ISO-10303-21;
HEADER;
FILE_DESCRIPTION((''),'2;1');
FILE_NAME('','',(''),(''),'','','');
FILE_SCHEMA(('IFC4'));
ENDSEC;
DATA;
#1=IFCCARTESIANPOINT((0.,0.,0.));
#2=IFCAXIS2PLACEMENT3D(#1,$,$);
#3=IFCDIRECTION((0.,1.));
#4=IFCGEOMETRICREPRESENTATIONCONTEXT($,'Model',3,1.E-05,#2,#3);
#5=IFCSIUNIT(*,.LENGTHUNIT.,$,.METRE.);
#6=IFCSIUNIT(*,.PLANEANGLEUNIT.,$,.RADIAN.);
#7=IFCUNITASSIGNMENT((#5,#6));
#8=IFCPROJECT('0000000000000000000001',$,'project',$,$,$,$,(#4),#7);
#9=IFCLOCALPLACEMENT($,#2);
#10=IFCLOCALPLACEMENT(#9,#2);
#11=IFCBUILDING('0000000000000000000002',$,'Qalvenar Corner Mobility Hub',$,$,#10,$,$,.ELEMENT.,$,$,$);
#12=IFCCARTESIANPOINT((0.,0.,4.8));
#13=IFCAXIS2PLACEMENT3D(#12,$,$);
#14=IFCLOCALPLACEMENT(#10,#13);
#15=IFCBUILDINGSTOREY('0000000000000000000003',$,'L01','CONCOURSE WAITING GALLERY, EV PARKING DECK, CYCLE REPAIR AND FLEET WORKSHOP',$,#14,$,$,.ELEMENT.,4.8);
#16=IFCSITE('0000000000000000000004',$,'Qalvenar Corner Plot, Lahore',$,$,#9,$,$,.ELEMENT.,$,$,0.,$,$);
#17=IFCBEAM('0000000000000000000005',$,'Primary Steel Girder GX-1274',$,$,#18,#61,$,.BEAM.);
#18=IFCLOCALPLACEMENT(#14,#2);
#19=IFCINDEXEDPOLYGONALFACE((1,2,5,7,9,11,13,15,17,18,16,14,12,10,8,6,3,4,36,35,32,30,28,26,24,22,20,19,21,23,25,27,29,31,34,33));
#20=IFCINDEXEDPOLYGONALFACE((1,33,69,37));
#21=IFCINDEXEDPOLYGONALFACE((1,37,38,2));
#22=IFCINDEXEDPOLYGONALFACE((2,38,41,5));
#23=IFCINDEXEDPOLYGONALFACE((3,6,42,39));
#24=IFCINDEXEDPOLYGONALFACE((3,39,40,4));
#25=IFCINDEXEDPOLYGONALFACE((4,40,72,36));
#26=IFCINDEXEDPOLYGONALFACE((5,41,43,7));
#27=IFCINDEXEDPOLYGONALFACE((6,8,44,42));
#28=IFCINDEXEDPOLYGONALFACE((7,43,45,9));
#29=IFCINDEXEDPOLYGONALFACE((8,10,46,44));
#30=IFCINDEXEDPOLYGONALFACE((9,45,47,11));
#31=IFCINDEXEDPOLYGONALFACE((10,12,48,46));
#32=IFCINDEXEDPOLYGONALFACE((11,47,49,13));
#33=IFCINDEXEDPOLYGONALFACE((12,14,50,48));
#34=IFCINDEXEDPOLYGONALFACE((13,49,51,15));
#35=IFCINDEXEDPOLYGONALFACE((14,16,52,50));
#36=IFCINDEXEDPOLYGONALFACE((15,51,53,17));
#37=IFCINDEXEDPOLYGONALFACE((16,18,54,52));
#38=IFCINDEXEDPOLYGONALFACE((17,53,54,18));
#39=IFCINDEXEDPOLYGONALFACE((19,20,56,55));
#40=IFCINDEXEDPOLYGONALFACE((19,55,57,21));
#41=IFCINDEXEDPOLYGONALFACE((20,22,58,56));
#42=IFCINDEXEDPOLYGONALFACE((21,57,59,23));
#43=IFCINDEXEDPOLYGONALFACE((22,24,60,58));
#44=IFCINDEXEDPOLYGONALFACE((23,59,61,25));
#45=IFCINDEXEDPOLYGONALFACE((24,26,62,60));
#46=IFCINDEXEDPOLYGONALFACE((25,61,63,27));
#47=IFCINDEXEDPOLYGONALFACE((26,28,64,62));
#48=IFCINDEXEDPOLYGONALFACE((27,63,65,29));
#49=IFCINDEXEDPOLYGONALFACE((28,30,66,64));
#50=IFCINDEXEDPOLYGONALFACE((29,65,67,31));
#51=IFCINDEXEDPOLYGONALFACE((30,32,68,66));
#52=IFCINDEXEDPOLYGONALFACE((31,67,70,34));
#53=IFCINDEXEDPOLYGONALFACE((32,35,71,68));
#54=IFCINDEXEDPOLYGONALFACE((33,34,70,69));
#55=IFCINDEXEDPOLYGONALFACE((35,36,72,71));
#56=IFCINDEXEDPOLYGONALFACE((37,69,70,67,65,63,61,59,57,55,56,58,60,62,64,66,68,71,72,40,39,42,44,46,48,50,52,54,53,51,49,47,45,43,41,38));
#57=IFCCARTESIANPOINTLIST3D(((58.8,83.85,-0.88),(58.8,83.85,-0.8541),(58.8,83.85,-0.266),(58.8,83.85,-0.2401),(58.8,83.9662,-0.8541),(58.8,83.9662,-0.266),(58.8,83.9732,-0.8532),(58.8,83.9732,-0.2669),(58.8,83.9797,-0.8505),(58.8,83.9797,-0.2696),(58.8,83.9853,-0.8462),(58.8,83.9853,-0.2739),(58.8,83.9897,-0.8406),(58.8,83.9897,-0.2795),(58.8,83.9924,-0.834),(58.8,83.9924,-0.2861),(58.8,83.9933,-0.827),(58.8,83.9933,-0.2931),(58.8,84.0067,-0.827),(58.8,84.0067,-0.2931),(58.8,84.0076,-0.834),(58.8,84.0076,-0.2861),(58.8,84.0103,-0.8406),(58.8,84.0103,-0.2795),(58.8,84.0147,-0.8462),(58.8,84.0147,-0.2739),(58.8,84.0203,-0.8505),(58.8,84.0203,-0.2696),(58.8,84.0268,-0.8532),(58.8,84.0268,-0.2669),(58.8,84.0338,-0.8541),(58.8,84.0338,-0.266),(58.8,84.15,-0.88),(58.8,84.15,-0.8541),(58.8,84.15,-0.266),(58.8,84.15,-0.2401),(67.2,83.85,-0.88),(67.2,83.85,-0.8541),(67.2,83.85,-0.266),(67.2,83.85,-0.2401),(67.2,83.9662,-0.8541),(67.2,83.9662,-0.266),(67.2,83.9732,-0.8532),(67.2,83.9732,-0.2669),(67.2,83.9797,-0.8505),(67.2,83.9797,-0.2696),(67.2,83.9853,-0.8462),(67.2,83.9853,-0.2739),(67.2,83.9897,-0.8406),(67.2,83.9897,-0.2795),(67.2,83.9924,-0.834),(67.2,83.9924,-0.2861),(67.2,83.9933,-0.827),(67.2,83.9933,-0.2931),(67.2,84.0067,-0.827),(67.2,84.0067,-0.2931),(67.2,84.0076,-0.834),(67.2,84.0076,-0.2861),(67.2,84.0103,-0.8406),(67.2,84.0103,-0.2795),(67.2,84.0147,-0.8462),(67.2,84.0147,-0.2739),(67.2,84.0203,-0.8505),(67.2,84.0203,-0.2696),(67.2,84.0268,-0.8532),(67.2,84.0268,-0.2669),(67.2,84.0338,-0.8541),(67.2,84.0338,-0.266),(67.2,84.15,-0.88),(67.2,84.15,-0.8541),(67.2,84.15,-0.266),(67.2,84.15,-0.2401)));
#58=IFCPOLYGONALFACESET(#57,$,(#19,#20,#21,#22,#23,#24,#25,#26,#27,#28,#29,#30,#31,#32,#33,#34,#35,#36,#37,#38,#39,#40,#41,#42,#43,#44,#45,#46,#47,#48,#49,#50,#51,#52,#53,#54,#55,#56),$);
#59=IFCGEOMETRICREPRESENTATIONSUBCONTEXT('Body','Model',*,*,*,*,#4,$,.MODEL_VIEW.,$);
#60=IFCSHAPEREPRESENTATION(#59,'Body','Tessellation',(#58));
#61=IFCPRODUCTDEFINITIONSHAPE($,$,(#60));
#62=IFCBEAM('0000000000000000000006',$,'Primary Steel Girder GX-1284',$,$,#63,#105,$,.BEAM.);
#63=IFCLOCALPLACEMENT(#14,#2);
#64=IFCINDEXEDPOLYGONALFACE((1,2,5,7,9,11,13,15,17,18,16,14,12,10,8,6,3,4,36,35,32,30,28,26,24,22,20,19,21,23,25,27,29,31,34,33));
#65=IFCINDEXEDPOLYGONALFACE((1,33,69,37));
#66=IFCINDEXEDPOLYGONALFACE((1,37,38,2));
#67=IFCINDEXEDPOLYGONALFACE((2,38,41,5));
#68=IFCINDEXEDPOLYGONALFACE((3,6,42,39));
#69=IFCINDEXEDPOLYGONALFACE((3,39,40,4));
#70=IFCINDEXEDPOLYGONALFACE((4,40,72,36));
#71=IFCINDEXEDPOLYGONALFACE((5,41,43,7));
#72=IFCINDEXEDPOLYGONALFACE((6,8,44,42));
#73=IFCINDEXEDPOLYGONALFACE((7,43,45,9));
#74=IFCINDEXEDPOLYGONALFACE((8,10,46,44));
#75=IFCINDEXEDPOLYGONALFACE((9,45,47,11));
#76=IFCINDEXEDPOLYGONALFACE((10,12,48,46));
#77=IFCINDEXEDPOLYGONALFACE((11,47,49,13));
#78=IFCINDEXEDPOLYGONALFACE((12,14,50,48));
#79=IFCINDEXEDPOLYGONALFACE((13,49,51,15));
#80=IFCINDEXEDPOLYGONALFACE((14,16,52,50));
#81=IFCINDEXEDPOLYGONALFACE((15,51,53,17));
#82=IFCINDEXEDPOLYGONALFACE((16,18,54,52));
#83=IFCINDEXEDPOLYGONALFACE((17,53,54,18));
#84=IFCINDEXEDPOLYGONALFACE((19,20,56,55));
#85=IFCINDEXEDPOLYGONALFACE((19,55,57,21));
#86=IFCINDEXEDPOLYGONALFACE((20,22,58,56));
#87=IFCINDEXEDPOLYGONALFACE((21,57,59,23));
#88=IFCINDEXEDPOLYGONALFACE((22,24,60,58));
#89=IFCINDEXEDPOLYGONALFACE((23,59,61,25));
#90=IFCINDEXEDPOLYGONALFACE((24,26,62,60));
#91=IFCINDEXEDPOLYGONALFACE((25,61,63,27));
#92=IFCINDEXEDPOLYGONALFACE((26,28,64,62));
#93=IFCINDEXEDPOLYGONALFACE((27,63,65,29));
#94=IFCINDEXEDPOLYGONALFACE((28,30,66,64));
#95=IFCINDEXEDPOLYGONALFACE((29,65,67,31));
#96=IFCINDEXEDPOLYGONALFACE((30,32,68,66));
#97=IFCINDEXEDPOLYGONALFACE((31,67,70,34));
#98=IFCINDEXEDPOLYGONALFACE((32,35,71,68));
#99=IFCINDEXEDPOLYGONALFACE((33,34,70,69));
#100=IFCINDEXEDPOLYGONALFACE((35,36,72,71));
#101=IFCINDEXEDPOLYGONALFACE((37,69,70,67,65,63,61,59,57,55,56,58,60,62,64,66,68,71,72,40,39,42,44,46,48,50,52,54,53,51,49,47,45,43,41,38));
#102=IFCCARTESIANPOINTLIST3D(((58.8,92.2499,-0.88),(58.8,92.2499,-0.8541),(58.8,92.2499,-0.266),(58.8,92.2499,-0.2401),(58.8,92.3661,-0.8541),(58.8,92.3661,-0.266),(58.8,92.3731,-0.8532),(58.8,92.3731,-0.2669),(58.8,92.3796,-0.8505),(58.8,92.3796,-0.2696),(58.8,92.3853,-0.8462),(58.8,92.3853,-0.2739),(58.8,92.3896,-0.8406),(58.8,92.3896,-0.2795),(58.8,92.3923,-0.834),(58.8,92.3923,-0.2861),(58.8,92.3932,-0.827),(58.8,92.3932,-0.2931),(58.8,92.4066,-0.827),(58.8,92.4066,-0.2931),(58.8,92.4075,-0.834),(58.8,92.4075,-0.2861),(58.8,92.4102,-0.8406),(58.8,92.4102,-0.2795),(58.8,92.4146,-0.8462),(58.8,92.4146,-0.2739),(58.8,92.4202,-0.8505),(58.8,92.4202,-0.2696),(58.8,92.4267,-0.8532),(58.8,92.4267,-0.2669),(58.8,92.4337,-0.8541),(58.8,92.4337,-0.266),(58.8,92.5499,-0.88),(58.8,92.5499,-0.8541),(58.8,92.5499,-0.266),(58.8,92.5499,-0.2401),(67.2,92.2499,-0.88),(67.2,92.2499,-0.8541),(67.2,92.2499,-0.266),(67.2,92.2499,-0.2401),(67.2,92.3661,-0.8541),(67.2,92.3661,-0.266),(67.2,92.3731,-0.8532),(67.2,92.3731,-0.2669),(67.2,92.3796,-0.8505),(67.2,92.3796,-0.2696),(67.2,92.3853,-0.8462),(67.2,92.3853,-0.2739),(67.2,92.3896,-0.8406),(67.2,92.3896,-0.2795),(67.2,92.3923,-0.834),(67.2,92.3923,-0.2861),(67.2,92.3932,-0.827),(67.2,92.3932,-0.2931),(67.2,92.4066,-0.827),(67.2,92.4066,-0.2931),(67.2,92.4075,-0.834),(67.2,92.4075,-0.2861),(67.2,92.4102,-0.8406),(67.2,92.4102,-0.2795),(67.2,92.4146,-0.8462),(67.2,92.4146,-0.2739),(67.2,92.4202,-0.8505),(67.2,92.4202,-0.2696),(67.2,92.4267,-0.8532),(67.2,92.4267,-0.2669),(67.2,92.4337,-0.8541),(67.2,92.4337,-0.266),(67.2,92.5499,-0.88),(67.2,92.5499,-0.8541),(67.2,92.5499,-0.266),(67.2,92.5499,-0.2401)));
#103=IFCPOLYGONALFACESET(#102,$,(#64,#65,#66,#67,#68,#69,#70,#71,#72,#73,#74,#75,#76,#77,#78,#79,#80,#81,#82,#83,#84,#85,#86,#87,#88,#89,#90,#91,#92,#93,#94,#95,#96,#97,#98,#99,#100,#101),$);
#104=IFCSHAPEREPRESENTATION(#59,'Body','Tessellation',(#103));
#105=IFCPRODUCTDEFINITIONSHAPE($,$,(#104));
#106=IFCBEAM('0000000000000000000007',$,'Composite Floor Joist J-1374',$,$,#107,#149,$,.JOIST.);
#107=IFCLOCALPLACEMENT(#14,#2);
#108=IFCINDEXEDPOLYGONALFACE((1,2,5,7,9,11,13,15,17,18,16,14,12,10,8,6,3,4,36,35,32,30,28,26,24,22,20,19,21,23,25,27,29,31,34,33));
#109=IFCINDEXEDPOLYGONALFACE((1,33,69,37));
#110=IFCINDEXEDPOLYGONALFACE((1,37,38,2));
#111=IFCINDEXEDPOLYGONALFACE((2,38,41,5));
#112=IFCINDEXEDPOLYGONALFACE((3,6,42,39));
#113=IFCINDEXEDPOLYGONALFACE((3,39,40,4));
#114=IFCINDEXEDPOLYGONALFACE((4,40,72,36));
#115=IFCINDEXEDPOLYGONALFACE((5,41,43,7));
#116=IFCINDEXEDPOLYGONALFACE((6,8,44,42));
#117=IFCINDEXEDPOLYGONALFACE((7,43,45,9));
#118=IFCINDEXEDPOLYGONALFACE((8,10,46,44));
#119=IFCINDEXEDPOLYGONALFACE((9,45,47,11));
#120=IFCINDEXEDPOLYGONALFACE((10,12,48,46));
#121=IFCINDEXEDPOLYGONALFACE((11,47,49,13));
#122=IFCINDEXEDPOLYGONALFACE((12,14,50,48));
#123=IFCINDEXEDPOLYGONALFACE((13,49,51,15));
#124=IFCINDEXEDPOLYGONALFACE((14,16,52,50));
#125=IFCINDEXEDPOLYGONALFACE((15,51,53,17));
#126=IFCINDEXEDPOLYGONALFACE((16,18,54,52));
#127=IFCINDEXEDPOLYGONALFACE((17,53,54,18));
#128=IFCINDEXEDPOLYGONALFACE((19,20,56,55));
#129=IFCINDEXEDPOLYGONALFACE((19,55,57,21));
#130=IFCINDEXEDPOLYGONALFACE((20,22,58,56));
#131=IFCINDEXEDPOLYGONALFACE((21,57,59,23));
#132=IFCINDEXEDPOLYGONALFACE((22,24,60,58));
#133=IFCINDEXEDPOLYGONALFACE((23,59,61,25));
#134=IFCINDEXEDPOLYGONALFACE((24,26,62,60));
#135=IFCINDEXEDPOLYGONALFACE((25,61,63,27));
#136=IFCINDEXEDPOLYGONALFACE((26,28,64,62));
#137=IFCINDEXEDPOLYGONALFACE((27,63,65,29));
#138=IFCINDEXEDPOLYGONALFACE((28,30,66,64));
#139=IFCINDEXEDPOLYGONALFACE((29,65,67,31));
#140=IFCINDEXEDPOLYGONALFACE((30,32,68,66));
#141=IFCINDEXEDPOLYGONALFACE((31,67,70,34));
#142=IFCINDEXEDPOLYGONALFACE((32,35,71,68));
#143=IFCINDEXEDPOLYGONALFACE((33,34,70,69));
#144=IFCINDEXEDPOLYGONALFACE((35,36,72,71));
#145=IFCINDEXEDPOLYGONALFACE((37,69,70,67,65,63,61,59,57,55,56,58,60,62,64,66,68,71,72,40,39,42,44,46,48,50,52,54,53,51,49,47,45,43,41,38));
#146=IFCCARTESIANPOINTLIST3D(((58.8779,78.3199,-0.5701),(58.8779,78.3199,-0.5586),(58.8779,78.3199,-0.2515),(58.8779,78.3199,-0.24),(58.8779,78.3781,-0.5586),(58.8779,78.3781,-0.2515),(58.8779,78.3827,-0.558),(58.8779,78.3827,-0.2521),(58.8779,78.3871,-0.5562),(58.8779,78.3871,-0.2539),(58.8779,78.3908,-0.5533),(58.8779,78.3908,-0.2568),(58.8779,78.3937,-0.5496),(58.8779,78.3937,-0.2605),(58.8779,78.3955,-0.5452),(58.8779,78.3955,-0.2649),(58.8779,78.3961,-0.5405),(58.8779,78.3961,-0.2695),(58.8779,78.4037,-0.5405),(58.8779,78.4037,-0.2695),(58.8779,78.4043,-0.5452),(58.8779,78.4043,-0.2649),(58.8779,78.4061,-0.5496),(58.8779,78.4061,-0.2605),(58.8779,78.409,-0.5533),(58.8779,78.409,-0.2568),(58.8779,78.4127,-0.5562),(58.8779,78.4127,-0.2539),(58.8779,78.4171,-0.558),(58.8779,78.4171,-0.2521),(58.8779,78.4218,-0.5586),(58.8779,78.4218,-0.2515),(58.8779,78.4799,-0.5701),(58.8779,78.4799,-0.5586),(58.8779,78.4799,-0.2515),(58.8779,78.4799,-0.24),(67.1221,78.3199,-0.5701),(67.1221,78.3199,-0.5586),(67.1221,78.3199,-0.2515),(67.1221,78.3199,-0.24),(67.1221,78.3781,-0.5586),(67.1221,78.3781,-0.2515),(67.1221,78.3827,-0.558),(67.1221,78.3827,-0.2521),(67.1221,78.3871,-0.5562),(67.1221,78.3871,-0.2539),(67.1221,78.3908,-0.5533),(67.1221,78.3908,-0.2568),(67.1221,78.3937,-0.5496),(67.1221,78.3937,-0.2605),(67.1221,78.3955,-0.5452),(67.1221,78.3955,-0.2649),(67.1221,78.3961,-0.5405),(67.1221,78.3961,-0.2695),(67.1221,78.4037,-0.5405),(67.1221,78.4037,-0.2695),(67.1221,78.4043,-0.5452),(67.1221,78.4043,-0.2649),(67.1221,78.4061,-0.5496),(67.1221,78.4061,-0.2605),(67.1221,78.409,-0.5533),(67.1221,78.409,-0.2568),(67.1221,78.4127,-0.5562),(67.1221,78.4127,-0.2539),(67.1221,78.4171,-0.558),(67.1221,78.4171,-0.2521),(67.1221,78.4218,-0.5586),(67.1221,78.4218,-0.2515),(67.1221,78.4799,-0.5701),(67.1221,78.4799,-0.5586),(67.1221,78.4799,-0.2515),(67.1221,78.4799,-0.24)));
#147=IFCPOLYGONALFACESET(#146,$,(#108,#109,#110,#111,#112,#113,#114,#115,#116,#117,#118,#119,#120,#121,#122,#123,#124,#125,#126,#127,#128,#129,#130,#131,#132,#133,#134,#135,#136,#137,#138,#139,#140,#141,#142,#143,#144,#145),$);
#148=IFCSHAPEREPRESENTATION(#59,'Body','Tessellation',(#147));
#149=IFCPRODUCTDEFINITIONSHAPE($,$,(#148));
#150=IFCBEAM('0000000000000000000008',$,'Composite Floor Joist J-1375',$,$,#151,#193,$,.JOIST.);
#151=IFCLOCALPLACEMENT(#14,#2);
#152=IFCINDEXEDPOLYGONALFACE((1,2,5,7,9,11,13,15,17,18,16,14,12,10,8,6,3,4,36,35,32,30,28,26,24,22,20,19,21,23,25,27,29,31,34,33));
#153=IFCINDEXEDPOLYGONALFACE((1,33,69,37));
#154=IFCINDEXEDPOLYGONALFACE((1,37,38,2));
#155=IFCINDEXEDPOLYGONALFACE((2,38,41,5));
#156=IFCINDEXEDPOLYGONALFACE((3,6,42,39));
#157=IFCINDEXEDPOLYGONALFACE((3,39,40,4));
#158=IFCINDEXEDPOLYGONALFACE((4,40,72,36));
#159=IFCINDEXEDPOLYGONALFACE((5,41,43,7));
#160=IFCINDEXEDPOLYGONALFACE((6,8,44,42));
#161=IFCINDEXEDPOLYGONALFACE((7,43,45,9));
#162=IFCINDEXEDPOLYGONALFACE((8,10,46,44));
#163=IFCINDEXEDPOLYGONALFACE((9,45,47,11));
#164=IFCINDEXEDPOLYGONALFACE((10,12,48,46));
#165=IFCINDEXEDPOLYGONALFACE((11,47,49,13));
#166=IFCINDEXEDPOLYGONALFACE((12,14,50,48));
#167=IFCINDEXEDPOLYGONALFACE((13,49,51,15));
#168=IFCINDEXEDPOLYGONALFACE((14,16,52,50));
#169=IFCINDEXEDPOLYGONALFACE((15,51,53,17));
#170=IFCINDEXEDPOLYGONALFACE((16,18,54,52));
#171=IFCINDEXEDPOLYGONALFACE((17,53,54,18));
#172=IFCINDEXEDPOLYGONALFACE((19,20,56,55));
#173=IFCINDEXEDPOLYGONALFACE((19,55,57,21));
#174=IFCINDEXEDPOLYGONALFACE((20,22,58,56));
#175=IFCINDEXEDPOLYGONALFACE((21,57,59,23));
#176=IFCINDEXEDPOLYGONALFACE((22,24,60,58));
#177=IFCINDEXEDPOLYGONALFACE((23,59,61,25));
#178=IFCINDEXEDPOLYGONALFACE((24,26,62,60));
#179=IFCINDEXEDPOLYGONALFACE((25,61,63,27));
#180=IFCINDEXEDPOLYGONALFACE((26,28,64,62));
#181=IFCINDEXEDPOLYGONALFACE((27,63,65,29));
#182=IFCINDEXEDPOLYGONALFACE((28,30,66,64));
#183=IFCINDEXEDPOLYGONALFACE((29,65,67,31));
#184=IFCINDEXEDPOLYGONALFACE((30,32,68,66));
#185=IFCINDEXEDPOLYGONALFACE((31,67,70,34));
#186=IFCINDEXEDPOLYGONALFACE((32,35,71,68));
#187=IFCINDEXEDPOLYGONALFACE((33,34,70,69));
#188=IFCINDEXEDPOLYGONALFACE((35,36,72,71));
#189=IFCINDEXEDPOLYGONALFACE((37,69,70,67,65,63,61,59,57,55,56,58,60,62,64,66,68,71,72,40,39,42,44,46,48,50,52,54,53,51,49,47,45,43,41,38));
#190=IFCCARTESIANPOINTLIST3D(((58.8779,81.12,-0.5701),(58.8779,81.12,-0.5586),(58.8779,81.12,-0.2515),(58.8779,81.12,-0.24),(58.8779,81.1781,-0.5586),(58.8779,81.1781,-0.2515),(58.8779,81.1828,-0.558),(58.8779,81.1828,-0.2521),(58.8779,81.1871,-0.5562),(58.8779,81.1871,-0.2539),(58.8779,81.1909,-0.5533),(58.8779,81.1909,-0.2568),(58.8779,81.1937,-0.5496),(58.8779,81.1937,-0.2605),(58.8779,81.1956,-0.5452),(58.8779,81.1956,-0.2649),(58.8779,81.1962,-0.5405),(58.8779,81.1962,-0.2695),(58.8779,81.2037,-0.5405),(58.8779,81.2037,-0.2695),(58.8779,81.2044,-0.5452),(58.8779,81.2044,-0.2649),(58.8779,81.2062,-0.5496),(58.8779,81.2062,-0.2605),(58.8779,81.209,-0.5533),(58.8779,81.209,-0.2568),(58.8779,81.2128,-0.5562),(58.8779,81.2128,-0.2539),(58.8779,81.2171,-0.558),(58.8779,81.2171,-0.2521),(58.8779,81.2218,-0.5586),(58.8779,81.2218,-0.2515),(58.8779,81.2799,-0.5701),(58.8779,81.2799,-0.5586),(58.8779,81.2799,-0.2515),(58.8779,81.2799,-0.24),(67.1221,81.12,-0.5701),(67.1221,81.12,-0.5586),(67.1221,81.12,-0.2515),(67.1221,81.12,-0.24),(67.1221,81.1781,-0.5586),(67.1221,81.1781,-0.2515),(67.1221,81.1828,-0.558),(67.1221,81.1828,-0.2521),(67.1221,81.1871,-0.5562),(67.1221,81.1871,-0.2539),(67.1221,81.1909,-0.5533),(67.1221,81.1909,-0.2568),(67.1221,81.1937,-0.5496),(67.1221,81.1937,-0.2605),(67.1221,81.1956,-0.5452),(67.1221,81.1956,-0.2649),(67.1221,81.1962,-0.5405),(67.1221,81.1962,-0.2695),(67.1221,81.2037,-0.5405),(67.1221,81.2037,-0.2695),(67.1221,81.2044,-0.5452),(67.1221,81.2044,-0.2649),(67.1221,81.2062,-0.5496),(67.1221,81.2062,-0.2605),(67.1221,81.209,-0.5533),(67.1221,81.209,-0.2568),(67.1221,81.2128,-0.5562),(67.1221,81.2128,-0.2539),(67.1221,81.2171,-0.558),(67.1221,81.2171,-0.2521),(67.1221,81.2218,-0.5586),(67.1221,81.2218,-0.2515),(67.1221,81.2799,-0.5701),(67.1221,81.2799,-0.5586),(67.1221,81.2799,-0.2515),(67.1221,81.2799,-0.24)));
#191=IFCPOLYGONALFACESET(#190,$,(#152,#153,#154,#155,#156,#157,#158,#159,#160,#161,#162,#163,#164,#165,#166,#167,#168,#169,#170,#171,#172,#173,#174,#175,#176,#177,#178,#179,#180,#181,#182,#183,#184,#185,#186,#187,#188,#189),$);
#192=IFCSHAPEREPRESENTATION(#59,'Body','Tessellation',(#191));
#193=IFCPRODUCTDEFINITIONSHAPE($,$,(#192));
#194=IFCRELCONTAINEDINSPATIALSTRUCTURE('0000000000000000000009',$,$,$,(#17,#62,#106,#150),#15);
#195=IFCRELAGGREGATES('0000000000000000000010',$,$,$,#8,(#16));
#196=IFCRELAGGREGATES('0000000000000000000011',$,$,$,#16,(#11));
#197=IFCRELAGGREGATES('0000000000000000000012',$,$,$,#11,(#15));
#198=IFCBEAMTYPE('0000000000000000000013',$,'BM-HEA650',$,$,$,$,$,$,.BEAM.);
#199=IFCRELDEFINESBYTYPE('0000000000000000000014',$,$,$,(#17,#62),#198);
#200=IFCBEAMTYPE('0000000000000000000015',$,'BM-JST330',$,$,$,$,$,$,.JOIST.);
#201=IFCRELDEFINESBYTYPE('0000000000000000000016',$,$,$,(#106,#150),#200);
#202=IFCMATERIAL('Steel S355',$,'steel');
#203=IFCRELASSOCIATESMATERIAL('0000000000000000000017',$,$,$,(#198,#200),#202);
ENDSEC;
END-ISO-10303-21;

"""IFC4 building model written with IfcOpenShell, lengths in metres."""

from ifc_helpers import new_model, si_unit, direction, frame, origin, origin_2d, place, context, subcontext, project, spatial, i_section, extrude, material, material_profile, profile_set, type_object, element, save


model = new_model("IFC4")

# Units and contexts
model_context = context("Model", 3, precision=1e-05, world=origin(), true_north=direction((0.0, 1.0)))
body_context = subcontext(model_context, "Body", "Model", "MODEL_VIEW")
ifc_project = project(units=[si_unit("LENGTHUNIT", "METRE"), si_unit("PLANEANGLEUNIT", "RADIAN")], contexts=[model_context])

# Site, building, storey
site_placement = place(None, origin())
site = spatial("IfcSite", under=ifc_project, at=site_placement, Name="Qalvenar Corner Plot, Lahore", CompositionType="ELEMENT", RefElevation=0.0)
building_placement = place(site_placement, origin())
building = spatial("IfcBuilding", under=site, at=building_placement, Name="Qalvenar Corner Mobility Hub", CompositionType="ELEMENT")
storey_placement = place(building_placement, frame((0.0, 0.0, 4.8)))
storey = spatial("IfcBuildingStorey", under=building, at=storey_placement, Name="L01", Description="CONCOURSE WAITING GALLERY, EV PARKING DECK, CYCLE REPAIR AND FLEET WORKSHOP", CompositionType="ELEMENT", Elevation=4.8)

# Beams
ifc_material_1 = material(Name="Steel S355", Category="steel")
ifc_material_profile_1 = material_profile(ifc_material_1, i_section(OverallWidth=0.3, OverallDepth=0.6399, WebThickness=0.0134, FlangeThickness=0.0259, FilletRadius=0.0271, at=origin_2d()), Name="HEA650")
ifc_profile_set_1 = profile_set([ifc_material_profile_1], Name="Steel S355")
beam_type_1 = type_object("IfcBeamType", Name="BM-HEA650", PredefinedType="BEAM", material=ifc_profile_set_1)
for number, where, z_axis, x_axis, name in (
    (1, (58.8, 84.0, -0.5601), (1.0, 0.0, 0.0), (0.0, 1.0, 0.0), "Primary Steel Girder GX-1274"),
    (2, (58.8, 92.3999, -0.5601), (1.0, 0.0, 0.0), (0.0, 1.0, 0.0), "Primary Steel Girder GX-1284"),
):
    element("IfcBeam", number, at=place(storey_placement, frame(where, z_axis=z_axis, x_axis=x_axis)), inside=storey, type_object=beam_type_1, Name=name, PredefinedType="BEAM", context=body_context, shape_type="SweptSolid", body=[
        extrude(i_section(OverallWidth=0.3, OverallDepth=0.6399, WebThickness=0.0134, FlangeThickness=0.0259, FilletRadius=0.0271, at=origin_2d()), origin(), (0.0, 0.0, 1.0), 8.3999),
    ])
ifc_material_profile_2 = material_profile(ifc_material_1, i_section(OverallWidth=0.1599, OverallDepth=0.3301, WebThickness=0.0076, FlangeThickness=0.0115, FilletRadius=0.0181, at=origin_2d()), Name="IPE330")
ifc_profile_set_2 = profile_set([ifc_material_profile_2], Name="Steel S355")
beam_type_2 = type_object("IfcBeamType", Name="BM-JST330", PredefinedType="JOIST", material=ifc_profile_set_2)
for number, where, z_axis, x_axis, name in (
    (3, (58.8779, 78.3999, -0.405), (1.0, 0.0, 0.0), (0.0, 1.0, 0.0), "Composite Floor Joist J-1374"),
    (4, (58.8779, 81.2, -0.405), (1.0, 0.0, 0.0), (0.0, 1.0, 0.0), "Composite Floor Joist J-1375"),
):
    element("IfcBeam", number, at=place(storey_placement, frame(where, z_axis=z_axis, x_axis=x_axis)), inside=storey, type_object=beam_type_2, Name=name, PredefinedType="JOIST", context=body_context, shape_type="SweptSolid", body=[
        extrude(i_section(OverallWidth=0.1599, OverallDepth=0.3301, WebThickness=0.0076, FlangeThickness=0.0115, FilletRadius=0.0181, at=origin_2d()), origin(), (0.0, 0.0, 1.0), 8.2441),
    ])

save(model, "model.ifc")
